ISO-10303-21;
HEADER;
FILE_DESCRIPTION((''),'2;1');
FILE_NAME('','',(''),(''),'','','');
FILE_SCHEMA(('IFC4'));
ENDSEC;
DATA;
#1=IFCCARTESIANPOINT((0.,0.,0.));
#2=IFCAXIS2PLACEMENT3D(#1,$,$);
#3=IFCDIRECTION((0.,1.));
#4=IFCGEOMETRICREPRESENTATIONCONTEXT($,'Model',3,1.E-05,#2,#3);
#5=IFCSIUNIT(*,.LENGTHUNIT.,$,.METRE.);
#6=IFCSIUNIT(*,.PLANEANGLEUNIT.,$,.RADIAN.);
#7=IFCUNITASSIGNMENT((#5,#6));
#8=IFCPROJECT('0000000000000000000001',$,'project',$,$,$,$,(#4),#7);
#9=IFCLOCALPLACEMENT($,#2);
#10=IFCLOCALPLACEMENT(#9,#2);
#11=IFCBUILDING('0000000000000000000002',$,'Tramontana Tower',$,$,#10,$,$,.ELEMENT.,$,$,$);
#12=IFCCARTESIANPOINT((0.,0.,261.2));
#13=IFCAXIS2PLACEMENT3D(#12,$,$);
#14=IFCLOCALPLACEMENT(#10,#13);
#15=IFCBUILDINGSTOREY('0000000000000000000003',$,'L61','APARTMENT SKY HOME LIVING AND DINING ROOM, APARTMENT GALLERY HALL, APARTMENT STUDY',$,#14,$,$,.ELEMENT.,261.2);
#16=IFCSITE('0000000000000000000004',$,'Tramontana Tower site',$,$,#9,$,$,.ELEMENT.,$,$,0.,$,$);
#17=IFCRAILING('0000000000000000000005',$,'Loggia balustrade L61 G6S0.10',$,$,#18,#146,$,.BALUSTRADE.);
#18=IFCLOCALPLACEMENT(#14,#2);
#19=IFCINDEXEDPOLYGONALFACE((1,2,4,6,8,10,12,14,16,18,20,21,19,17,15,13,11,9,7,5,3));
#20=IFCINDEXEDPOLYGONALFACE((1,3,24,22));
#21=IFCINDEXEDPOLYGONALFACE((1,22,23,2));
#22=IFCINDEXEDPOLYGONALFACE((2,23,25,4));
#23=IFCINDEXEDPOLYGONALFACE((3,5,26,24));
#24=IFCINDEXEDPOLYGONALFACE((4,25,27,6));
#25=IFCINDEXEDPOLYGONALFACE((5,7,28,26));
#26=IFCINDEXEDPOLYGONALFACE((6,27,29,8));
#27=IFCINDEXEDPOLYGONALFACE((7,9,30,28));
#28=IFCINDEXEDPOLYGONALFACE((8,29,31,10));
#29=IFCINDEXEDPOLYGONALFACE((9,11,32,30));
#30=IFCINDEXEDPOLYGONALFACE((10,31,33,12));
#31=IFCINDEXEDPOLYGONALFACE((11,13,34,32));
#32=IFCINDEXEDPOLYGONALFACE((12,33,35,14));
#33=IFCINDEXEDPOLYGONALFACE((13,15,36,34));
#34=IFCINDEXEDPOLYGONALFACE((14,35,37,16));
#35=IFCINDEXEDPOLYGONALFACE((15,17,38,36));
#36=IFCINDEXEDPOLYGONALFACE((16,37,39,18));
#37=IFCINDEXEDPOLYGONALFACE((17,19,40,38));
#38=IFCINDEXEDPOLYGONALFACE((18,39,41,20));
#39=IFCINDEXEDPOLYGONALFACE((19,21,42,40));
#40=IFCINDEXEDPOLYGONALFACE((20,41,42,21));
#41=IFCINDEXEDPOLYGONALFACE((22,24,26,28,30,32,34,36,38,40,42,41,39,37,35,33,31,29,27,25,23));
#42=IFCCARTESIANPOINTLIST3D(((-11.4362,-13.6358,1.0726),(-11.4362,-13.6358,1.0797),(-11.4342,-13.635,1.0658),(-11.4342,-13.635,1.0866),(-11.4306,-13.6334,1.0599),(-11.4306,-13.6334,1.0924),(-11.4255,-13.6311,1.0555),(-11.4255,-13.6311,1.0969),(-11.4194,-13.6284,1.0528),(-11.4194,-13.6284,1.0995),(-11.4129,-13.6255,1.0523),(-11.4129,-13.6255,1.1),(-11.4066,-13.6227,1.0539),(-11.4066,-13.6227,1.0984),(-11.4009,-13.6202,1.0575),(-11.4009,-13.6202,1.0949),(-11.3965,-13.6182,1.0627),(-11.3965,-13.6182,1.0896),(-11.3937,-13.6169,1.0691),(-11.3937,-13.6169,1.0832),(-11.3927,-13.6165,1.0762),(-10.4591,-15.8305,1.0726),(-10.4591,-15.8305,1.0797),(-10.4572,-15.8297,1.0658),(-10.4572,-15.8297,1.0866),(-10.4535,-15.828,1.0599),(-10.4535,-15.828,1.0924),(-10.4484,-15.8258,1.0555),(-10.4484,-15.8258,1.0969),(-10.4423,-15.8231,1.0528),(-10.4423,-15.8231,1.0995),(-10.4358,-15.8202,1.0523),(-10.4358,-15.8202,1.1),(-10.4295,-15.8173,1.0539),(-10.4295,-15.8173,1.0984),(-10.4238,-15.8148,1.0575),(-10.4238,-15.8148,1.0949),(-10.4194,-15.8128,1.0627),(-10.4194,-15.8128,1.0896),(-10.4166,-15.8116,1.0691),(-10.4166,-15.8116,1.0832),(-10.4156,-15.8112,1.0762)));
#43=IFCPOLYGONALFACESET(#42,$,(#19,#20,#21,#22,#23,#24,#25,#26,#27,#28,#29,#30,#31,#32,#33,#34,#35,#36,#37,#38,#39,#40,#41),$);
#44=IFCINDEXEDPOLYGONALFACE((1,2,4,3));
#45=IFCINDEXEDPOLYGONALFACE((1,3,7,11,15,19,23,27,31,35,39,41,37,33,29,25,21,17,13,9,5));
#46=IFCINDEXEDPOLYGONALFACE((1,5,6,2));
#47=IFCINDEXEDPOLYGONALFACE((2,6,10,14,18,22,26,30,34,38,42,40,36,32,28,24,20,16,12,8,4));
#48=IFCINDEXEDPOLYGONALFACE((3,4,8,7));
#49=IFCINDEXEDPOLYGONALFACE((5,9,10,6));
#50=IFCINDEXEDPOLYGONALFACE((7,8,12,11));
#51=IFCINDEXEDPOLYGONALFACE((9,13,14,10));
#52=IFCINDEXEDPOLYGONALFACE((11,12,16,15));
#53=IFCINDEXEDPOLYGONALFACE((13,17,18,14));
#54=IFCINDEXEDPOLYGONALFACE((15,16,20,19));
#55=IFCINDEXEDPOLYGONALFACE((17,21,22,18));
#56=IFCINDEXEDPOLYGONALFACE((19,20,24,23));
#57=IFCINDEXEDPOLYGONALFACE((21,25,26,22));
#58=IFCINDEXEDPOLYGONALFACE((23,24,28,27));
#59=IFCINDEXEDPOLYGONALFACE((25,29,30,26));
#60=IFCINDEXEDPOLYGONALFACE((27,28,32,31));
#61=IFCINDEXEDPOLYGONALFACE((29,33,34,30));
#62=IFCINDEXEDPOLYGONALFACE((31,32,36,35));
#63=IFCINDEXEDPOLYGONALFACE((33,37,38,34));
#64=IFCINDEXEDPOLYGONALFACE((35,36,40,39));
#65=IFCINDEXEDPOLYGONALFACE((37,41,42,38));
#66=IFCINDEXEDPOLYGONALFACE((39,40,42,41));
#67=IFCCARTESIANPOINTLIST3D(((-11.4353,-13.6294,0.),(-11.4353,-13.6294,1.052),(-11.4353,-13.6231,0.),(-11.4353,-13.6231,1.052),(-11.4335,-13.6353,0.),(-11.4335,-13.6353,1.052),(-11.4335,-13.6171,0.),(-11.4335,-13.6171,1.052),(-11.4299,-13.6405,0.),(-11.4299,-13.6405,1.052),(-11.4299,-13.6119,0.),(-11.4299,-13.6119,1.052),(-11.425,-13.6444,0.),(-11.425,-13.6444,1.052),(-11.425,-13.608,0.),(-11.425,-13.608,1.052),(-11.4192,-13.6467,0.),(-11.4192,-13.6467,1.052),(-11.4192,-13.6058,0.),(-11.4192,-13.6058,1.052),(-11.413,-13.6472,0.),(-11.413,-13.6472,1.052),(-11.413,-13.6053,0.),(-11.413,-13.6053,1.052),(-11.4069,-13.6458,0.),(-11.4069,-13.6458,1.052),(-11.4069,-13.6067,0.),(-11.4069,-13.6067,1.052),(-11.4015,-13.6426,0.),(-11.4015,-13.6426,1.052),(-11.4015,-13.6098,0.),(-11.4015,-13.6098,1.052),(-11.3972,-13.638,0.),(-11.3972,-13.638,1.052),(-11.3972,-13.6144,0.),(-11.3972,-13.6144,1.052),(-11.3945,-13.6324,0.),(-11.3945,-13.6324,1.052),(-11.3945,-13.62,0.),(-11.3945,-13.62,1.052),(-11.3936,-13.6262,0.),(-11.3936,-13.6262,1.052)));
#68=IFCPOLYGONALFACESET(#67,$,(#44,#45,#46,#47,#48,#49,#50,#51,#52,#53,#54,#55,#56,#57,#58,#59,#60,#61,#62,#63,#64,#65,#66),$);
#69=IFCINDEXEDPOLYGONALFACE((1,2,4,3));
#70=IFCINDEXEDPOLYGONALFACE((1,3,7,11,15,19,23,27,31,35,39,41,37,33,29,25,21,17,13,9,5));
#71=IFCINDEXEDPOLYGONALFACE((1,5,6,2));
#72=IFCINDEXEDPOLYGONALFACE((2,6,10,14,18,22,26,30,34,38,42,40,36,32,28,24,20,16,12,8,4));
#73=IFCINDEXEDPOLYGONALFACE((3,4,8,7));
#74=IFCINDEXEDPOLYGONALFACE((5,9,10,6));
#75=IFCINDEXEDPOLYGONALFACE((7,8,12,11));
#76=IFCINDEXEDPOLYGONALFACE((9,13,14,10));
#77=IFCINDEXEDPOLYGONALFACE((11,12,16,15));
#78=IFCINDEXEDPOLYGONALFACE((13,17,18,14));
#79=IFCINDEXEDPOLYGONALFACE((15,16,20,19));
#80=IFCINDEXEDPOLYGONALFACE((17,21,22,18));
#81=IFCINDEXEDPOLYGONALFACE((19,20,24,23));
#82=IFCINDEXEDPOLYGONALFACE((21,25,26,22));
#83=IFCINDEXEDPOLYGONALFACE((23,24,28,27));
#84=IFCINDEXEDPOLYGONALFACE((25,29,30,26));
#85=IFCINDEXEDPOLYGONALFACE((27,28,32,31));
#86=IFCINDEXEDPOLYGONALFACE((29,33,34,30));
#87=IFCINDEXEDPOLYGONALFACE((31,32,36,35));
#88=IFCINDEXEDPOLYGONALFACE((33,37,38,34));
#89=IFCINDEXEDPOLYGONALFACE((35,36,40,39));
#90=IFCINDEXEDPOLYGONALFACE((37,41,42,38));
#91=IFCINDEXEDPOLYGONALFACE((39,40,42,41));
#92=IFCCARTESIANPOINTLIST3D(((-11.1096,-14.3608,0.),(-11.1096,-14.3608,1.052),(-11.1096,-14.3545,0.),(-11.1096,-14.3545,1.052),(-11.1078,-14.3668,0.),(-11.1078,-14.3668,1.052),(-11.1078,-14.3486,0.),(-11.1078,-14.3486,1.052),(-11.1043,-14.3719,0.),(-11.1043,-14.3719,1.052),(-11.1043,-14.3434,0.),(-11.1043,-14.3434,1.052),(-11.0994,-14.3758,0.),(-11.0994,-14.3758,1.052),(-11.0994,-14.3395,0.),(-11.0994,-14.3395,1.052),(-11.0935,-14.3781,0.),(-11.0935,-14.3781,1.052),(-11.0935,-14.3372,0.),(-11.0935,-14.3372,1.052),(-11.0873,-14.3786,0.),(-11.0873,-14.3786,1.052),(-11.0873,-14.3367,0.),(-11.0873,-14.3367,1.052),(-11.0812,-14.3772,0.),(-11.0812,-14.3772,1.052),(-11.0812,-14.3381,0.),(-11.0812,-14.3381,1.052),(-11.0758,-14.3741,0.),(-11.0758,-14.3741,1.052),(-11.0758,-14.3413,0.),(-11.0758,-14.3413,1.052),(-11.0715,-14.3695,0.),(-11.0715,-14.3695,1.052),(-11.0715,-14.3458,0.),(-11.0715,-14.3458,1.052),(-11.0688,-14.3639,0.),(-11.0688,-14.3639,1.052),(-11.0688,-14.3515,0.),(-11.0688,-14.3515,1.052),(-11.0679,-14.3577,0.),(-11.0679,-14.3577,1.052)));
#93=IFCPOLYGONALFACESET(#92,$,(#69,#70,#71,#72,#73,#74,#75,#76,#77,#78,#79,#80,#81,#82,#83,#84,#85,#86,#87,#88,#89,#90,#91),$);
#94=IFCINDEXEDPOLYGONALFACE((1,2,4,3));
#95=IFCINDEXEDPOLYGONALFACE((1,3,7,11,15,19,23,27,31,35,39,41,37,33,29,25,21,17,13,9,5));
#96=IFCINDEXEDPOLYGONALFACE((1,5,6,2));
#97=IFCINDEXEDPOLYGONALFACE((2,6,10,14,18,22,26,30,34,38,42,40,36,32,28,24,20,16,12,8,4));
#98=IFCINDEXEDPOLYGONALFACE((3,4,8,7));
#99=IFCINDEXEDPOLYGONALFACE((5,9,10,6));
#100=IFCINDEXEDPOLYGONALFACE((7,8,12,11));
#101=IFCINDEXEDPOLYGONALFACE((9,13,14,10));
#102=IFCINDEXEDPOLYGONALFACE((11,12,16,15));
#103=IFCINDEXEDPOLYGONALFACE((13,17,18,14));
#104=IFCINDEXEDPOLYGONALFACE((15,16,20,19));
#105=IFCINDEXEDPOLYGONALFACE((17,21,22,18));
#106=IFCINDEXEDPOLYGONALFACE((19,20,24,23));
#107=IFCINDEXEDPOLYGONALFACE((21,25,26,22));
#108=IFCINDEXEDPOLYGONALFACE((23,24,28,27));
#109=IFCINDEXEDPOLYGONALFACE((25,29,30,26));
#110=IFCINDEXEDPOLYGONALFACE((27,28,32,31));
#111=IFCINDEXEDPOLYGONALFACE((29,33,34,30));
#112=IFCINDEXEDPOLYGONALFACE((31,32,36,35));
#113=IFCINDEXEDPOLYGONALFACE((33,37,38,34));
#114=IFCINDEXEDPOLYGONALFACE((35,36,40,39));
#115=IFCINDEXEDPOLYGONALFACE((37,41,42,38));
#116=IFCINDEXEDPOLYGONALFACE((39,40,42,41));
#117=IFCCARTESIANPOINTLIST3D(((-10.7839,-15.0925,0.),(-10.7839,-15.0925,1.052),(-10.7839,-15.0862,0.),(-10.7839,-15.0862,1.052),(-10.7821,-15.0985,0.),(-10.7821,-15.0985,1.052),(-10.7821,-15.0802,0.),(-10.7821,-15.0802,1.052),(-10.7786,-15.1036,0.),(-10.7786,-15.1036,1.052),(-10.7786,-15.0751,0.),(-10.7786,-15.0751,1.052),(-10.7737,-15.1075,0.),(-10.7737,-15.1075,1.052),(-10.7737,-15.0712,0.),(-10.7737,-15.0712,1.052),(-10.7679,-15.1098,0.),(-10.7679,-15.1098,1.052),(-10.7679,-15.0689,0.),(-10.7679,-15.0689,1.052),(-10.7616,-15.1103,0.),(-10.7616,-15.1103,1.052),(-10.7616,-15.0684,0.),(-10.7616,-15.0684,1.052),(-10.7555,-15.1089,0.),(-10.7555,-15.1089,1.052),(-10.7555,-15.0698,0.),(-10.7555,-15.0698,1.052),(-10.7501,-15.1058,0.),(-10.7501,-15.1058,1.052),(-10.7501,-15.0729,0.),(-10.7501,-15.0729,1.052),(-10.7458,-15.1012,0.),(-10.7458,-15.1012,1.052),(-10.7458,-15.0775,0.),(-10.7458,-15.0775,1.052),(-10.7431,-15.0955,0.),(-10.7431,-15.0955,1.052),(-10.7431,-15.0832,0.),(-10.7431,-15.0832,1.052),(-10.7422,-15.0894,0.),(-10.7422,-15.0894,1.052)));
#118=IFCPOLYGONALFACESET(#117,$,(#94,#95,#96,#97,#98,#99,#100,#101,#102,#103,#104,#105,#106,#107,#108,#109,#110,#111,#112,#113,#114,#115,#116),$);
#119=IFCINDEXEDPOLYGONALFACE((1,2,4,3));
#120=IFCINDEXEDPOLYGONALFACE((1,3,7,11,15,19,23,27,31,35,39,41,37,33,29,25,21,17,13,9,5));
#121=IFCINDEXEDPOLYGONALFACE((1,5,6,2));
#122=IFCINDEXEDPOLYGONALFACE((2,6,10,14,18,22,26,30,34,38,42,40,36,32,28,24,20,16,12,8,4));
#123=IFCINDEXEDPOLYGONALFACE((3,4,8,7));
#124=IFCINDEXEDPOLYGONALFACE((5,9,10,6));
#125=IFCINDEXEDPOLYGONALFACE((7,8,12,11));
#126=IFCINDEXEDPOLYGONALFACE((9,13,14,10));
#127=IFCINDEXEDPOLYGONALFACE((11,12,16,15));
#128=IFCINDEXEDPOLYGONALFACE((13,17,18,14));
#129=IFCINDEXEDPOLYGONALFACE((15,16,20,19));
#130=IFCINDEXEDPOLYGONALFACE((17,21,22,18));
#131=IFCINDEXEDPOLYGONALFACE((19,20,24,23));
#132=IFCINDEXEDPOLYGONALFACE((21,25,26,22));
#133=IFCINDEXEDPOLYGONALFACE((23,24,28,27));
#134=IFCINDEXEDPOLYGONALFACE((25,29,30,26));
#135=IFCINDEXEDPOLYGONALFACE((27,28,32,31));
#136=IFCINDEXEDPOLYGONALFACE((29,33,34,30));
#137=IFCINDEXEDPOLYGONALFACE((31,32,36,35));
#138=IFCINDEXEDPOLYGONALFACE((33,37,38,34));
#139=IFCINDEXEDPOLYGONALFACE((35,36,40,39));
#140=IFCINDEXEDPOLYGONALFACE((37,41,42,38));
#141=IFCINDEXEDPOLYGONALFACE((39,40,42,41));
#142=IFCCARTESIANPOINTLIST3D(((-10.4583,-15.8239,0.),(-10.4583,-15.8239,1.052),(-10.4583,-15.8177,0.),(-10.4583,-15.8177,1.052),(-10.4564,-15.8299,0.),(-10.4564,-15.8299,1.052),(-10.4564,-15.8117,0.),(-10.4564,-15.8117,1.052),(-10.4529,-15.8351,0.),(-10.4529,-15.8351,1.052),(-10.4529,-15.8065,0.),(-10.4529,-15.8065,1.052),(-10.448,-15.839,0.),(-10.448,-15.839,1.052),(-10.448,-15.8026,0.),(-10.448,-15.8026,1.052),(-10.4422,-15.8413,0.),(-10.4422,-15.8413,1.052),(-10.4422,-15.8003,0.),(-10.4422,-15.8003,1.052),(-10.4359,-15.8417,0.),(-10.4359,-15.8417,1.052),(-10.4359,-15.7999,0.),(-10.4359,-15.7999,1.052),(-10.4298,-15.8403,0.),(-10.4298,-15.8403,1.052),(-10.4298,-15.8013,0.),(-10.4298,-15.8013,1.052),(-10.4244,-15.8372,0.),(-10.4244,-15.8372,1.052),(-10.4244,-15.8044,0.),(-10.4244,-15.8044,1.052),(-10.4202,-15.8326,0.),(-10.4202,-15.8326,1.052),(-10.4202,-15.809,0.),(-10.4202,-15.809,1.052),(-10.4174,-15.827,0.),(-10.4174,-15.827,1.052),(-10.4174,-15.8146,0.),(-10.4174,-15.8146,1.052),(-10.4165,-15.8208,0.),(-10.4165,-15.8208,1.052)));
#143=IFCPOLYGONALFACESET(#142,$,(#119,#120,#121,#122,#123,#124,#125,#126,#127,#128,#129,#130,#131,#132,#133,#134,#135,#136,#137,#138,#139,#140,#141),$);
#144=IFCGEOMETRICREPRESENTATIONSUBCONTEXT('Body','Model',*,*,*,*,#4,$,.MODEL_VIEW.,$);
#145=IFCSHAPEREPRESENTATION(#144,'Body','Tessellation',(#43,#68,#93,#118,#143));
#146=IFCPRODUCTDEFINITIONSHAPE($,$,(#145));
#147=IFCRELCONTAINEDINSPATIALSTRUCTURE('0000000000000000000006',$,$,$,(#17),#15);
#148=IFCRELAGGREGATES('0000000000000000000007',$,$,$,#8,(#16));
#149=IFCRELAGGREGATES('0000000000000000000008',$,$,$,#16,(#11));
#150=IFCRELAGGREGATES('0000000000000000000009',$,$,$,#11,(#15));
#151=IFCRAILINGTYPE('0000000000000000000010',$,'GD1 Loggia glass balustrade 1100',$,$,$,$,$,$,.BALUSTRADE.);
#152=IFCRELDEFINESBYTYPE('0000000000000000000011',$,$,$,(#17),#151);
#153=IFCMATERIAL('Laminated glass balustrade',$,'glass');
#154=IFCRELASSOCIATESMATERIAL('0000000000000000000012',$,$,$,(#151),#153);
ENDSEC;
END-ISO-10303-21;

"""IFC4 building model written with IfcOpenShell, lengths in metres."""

from ifc_helpers import new_model, si_unit, direction, frame, origin, origin_2d, place, context, subcontext, project, spatial, circle, extrude, material, type_object, element, save


model = new_model("IFC4")

# Units and contexts
model_context = context("Model", 3, precision=1e-05, world=origin(), true_north=direction((0.0, 1.0)))
body_context = subcontext(model_context, "Body", "Model", "MODEL_VIEW")
ifc_project = project(units=[si_unit("LENGTHUNIT", "METRE"), si_unit("PLANEANGLEUNIT", "RADIAN")], contexts=[model_context])

# Site, building, storey
site_placement = place(None, origin())
site = spatial("IfcSite", under=ifc_project, at=site_placement, Name="Tramontana Tower site", CompositionType="ELEMENT", RefElevation=0.0)
building_placement = place(site_placement, origin())
building = spatial("IfcBuilding", under=site, at=building_placement, Name="Tramontana Tower", CompositionType="ELEMENT")
storey_placement = place(building_placement, frame((0.0, 0.0, 261.2)))
storey = spatial("IfcBuildingStorey", under=building, at=storey_placement, Name="L61", Description="APARTMENT SKY HOME LIVING AND DINING ROOM, APARTMENT GALLERY HALL, APARTMENT STUDY", CompositionType="ELEMENT", Elevation=261.2)

# Railing
ifc_material_1 = material(Name="Laminated glass balustrade", Category="glass")
railing_type = type_object("IfcRailingType", Name="GD1 Loggia glass balustrade 1100", PredefinedType="BALUSTRADE", material=ifc_material_1)
railing_placement = place(storey_placement, frame((-11.4146, -13.6262, 0.0)))
element("IfcRailing", 1, at=railing_placement, inside=storey, type_object=railing_type, Name="Loggia balustrade L61 G6S0.10", PredefinedType="BALUSTRADE", context=body_context, shape_type="SweptSolid", body=[
    extrude(circle(Radius=0.0239, at=origin_2d()), frame((0.0, 0.0, 1.0762), z_axis=(0.406723, -0.913552, 0.0), x_axis=(0.913552, 0.406723, 0.0)), (0.0, 0.0, 1.0), 2.4023),
    extrude(circle(Radius=0.021, at=origin_2d()), origin(), (0.0, 0.0, 1.0), 1.052),
    extrude(circle(Radius=0.021, at=origin_2d()), frame((0.3257, -0.7314, 0.0)), (0.0, 0.0, 1.0), 1.052),
    extrude(circle(Radius=0.021, at=origin_2d()), frame((0.6514, -1.4631, 0.0)), (0.0, 0.0, 1.0), 1.052),
    extrude(circle(Radius=0.021, at=origin_2d()), frame((0.9771, -2.1946, 0.0)), (0.0, 0.0, 1.0), 1.052),
])

save(model, "model.ifc")
